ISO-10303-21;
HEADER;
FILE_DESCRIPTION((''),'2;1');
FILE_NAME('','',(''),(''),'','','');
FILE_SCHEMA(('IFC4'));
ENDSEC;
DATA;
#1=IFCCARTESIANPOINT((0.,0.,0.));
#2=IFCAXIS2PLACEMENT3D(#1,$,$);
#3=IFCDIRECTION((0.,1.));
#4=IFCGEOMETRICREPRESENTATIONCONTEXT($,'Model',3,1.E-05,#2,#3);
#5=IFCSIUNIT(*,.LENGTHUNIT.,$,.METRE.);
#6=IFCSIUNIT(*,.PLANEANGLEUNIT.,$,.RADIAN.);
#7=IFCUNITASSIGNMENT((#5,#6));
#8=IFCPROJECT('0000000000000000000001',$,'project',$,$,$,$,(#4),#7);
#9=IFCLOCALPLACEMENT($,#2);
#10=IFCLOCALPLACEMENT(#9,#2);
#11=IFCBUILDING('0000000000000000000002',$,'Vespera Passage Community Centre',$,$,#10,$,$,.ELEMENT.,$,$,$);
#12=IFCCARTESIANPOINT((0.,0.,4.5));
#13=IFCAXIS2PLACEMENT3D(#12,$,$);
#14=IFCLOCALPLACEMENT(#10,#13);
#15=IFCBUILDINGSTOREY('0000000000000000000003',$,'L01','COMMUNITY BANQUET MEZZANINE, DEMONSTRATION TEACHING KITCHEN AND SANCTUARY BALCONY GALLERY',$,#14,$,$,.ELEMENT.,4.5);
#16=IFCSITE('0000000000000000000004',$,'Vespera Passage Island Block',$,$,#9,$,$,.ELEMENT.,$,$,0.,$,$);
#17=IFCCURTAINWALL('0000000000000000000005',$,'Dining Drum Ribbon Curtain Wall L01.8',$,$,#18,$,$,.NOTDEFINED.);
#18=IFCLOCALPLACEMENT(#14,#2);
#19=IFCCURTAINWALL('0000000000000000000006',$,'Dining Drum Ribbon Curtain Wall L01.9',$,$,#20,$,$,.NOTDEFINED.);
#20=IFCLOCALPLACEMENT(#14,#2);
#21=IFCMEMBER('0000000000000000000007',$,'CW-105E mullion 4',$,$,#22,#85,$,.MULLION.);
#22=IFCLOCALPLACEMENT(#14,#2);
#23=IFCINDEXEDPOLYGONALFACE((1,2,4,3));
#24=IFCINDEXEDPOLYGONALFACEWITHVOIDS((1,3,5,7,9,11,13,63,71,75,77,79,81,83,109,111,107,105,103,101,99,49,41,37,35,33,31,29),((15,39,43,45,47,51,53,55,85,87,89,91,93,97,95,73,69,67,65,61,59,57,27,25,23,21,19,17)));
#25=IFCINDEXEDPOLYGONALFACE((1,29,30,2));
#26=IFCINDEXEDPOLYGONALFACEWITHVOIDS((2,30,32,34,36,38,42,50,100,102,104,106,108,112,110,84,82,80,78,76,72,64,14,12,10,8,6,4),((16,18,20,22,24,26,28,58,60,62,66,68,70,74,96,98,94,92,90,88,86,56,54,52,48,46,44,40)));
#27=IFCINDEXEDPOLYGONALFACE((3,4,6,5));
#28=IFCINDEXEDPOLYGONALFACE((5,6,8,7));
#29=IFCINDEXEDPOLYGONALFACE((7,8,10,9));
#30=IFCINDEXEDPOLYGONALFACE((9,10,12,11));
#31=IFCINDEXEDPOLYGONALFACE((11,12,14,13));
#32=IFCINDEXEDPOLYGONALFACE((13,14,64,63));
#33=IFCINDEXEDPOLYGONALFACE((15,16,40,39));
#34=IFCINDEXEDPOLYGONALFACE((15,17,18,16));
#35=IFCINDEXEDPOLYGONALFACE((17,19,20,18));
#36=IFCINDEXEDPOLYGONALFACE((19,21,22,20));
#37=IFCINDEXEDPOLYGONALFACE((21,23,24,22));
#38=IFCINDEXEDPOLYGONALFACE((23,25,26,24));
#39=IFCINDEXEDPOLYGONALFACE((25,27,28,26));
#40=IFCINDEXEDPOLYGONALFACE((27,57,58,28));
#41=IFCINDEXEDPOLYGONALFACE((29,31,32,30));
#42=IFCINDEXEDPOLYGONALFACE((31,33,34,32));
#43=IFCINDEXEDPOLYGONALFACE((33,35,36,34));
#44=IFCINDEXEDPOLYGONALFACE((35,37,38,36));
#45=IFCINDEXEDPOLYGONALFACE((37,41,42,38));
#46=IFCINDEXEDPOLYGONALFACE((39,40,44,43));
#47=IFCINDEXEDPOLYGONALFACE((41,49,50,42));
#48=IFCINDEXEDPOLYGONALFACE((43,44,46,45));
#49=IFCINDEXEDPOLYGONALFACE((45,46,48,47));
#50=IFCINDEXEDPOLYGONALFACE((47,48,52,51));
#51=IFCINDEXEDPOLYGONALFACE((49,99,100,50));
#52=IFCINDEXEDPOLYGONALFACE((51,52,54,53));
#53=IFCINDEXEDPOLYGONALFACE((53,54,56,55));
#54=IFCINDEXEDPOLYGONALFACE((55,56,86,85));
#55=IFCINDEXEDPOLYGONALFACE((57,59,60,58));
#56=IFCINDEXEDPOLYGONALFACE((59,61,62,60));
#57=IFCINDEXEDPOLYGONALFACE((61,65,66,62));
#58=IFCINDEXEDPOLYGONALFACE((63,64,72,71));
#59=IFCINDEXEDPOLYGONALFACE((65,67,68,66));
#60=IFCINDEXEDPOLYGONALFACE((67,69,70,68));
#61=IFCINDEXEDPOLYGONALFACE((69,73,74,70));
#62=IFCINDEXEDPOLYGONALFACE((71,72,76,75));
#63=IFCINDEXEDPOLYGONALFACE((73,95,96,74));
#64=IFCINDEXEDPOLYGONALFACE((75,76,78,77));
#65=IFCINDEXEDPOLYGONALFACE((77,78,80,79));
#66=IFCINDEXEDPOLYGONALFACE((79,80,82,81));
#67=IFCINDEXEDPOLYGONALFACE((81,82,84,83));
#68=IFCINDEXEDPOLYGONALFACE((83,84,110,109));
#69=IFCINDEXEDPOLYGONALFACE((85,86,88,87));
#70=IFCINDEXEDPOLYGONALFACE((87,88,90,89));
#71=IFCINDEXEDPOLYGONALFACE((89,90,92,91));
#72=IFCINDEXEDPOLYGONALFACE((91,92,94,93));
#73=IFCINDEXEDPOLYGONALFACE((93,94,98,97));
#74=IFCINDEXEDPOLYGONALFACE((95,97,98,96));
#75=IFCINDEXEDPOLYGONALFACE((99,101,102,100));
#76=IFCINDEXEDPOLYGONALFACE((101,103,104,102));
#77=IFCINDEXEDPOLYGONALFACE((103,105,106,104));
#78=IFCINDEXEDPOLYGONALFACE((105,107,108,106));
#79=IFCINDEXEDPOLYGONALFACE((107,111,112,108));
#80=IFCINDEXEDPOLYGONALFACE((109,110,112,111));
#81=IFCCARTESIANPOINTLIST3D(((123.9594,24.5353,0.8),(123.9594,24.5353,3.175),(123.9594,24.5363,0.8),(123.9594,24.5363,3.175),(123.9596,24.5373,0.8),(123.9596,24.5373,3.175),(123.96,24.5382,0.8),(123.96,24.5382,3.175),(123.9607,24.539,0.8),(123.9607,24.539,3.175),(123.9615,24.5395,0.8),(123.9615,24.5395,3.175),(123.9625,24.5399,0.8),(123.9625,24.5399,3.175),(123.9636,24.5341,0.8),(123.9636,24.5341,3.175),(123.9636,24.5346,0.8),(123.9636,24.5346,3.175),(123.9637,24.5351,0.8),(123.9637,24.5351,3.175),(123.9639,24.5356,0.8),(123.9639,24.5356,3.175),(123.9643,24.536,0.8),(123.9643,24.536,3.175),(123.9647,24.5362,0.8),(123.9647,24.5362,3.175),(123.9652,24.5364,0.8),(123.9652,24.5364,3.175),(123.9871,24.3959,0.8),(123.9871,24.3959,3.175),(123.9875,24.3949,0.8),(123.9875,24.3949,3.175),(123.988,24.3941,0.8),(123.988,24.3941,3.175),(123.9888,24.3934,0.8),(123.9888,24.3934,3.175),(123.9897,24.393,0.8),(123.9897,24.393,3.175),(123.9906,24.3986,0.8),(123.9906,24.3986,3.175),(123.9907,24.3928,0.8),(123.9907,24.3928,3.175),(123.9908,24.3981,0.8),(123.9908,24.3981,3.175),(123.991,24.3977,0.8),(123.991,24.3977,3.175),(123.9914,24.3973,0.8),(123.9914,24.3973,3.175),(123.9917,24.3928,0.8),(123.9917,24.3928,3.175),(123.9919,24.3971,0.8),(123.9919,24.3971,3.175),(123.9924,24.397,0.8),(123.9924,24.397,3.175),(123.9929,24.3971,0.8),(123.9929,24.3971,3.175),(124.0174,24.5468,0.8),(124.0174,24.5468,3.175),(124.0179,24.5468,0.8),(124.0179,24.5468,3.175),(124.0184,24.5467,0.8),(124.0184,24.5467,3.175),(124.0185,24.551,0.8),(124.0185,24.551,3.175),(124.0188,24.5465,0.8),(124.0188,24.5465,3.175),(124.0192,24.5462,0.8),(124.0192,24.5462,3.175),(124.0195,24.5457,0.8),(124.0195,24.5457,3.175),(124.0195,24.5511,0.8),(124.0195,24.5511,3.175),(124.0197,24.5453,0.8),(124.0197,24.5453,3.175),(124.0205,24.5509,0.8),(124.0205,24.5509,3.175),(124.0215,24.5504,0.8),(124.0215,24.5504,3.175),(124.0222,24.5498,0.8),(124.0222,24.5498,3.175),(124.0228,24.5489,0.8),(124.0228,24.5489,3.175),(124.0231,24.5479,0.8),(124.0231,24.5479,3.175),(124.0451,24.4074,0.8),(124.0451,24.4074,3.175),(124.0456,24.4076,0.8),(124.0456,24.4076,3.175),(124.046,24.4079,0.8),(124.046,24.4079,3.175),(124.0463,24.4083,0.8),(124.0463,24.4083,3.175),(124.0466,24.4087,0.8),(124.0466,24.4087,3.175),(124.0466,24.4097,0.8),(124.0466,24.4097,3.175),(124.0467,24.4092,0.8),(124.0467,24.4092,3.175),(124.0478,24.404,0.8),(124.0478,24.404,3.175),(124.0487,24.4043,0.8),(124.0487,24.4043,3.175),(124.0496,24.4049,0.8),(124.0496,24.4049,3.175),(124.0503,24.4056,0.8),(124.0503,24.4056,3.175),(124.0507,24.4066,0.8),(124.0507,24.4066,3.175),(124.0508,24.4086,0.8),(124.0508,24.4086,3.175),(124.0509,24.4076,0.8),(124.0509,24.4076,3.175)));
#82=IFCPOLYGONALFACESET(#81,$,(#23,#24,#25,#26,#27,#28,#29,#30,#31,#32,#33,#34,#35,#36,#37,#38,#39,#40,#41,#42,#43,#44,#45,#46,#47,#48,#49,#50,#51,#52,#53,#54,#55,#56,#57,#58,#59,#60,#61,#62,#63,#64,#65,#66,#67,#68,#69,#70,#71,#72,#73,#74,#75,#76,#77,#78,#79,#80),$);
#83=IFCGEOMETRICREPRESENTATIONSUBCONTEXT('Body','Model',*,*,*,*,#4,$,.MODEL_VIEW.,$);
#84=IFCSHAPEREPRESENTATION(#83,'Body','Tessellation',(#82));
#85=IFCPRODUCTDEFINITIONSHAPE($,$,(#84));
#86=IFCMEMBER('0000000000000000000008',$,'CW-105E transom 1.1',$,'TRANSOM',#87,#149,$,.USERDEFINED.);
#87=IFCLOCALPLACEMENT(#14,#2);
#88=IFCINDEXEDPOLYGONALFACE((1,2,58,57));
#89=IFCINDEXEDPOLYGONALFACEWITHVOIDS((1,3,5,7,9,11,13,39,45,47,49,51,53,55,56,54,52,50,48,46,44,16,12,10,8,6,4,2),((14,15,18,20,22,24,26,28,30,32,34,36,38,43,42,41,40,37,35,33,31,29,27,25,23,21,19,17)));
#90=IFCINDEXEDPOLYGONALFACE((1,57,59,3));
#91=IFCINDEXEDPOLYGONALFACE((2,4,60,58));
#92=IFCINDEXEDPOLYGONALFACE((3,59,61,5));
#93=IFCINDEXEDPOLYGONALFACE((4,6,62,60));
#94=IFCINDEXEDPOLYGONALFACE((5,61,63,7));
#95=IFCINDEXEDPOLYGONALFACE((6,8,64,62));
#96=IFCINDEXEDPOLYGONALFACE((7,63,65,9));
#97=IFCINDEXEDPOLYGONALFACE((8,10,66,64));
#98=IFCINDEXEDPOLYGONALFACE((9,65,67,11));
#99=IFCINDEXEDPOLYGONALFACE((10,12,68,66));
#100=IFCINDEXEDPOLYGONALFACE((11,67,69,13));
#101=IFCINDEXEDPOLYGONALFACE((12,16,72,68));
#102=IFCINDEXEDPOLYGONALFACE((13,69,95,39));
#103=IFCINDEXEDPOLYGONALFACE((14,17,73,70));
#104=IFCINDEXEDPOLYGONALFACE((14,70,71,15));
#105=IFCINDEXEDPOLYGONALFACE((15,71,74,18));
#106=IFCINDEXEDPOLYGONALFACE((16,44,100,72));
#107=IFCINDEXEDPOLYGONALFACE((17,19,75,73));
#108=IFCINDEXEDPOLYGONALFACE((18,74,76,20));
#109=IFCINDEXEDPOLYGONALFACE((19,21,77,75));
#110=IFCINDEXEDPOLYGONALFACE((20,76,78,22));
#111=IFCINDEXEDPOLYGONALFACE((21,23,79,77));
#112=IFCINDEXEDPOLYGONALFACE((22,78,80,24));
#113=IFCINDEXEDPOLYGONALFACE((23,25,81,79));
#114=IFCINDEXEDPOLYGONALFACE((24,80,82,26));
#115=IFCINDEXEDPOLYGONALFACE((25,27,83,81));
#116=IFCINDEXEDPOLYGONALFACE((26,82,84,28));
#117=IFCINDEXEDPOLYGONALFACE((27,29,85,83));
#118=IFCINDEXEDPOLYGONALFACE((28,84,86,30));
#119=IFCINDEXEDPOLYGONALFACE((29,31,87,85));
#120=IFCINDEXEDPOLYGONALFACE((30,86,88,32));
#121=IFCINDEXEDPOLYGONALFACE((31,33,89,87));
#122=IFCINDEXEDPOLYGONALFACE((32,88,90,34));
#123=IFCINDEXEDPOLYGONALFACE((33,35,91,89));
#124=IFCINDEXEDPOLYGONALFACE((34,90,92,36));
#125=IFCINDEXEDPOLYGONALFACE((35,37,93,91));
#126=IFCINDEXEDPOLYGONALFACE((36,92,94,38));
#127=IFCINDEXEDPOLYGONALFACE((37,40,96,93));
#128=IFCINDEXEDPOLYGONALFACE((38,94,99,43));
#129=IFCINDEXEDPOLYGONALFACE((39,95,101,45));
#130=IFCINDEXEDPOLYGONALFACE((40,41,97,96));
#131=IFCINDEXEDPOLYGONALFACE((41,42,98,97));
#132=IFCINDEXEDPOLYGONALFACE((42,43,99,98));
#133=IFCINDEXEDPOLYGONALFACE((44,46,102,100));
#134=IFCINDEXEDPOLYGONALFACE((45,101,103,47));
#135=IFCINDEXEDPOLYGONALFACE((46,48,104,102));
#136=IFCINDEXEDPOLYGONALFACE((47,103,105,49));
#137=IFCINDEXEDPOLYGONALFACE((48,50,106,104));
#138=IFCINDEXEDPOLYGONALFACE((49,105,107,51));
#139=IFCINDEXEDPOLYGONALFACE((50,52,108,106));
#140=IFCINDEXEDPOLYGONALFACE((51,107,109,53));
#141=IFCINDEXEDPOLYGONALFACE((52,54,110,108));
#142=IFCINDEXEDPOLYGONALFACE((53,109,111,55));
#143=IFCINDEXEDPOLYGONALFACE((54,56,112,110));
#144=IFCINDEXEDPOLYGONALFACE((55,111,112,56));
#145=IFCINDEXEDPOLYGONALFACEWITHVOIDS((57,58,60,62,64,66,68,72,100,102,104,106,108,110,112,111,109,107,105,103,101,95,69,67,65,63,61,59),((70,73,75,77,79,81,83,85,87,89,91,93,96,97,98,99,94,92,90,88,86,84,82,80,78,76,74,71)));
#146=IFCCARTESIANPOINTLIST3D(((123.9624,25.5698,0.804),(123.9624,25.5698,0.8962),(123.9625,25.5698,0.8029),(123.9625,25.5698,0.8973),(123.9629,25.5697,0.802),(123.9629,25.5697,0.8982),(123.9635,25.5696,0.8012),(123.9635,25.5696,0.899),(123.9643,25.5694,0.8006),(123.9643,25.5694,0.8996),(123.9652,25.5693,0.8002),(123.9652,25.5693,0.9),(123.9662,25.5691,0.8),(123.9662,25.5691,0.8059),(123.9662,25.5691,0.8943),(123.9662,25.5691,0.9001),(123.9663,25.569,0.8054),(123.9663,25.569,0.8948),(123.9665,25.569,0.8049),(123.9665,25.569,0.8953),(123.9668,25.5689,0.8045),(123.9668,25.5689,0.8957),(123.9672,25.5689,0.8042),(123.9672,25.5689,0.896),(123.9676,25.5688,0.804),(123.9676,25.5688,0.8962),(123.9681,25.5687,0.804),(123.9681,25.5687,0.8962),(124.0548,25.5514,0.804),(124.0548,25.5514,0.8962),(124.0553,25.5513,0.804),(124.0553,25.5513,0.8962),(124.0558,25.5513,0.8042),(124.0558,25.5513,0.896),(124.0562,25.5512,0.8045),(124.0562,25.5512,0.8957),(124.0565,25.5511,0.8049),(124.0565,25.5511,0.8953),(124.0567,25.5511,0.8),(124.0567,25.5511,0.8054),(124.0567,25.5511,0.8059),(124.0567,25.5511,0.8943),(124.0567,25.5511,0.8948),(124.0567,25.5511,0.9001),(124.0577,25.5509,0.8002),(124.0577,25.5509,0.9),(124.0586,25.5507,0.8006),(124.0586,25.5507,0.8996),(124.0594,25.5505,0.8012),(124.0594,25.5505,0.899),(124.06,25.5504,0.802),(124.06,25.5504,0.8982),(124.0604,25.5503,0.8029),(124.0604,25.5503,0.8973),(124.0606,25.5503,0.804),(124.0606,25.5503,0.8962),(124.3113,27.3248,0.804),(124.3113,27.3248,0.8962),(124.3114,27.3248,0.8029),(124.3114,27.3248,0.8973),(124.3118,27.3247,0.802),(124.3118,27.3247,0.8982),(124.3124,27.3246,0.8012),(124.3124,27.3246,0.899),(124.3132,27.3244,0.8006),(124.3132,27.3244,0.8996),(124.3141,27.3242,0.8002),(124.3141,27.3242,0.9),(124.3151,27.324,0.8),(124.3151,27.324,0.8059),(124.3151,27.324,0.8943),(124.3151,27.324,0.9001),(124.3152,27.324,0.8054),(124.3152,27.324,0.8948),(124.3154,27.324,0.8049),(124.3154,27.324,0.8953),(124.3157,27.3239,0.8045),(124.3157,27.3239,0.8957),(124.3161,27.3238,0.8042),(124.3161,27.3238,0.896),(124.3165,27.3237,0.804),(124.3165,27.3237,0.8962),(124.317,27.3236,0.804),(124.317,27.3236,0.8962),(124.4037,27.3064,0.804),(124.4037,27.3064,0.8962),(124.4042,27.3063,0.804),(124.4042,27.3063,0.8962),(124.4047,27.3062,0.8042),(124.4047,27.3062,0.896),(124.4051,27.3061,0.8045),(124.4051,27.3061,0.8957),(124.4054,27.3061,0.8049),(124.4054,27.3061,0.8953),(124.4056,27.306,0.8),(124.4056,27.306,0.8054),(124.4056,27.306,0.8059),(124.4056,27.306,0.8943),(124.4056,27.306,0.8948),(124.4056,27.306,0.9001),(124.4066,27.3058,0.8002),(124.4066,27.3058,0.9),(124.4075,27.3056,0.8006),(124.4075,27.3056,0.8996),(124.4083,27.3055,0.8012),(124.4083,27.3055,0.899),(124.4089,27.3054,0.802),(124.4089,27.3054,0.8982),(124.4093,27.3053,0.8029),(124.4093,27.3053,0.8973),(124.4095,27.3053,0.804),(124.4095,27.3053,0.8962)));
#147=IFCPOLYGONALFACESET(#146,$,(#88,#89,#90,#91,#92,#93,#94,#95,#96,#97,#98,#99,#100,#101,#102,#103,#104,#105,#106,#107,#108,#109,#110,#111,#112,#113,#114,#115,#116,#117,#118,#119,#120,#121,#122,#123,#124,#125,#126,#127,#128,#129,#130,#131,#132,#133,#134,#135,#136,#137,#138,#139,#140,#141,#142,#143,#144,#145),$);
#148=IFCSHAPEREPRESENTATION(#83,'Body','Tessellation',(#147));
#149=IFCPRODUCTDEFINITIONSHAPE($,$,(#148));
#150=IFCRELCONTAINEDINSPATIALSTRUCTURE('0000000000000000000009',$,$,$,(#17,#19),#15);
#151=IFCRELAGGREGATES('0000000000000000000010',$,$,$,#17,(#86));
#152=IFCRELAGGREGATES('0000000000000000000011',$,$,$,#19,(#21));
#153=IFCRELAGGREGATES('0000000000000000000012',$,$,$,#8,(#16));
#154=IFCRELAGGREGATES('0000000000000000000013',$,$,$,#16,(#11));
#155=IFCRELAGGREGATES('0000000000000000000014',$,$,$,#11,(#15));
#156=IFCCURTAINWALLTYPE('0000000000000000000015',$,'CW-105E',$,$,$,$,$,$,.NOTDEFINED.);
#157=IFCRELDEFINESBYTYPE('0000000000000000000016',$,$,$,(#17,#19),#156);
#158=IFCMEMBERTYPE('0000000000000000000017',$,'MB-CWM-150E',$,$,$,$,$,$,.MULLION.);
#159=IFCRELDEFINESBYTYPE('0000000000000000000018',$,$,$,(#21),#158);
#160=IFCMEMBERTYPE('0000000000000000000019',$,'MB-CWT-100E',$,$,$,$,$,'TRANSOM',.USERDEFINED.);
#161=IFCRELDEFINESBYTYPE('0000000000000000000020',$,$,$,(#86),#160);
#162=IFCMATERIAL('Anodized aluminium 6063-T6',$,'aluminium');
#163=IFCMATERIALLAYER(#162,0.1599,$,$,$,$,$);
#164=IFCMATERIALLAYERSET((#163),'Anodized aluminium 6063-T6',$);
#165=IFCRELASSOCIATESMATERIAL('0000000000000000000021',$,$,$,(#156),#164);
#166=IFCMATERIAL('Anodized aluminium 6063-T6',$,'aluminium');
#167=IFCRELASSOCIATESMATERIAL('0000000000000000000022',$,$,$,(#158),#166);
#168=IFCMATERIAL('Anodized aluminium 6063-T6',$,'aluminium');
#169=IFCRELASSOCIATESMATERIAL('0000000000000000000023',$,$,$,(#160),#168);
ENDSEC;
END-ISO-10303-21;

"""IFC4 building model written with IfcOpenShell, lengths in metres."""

from ifc_helpers import new_model, si_unit, direction, frame, origin, origin_2d, place, context, subcontext, project, spatial, hollow_rectangle, extrude, material, layer, layer_set, material_profile, profile_set, type_object, element, aggregate, save


model = new_model("IFC4")

# Units and contexts
model_context = context("Model", 3, precision=1e-05, world=origin(), true_north=direction((0.0, 1.0)))
body_context = subcontext(model_context, "Body", "Model", "MODEL_VIEW")
ifc_project = project(units=[si_unit("LENGTHUNIT", "METRE"), si_unit("PLANEANGLEUNIT", "RADIAN")], contexts=[model_context])

# Site, building, storey
site_placement = place(None, origin())
site = spatial("IfcSite", under=ifc_project, at=site_placement, Name="Vespera Passage Island Block", CompositionType="ELEMENT", RefElevation=0.0)
building_placement = place(site_placement, origin())
building = spatial("IfcBuilding", under=site, at=building_placement, Name="Vespera Passage Community Centre", CompositionType="ELEMENT")
storey_placement = place(building_placement, frame((0.0, 0.0, 4.5)))
storey = spatial("IfcBuildingStorey", under=building, at=storey_placement, Name="L01", Description="COMMUNITY BANQUET MEZZANINE, DEMONSTRATION TEACHING KITCHEN AND SANCTUARY BALCONY GALLERY", CompositionType="ELEMENT", Elevation=4.5)

# Curtain walls, member
ifc_material_1 = material(Name="Anodized aluminium 6063-T6", Category="aluminium")
ifc_layer_1 = layer(ifc_material_1, 0.1599)
ifc_layer_set_1 = layer_set([ifc_layer_1], Name="Anodized aluminium 6063-T6")
curtain_wall_type = type_object("IfcCurtainWallType", Name="CW-105E", PredefinedType="NOTDEFINED", material=ifc_layer_set_1)
curtain_wall_1_placement = place(storey_placement, origin())
curtain_wall_1 = element("IfcCurtainWall", 1, at=curtain_wall_1_placement, inside=storey, type_object=curtain_wall_type, Name="Dining Drum Ribbon Curtain Wall L01.8", PredefinedType="NOTDEFINED")
ifc_material_2 = material(Name="Anodized aluminium 6063-T6", Category="aluminium")
ifc_material_profile_1 = material_profile(ifc_material_2, hollow_rectangle(XDim=0.0649, YDim=0.1499, WallThickness=0.0039, InnerFilletRadius=0.002, OuterFilletRadius=0.0039, at=origin_2d()), Name="ALU150X65X4")
ifc_profile_set_1 = profile_set([ifc_material_profile_1], Name="Anodized aluminium 6063-T6")
member_type_1 = type_object("IfcMemberType", Name="MB-CWM-150E", PredefinedType="MULLION", material=ifc_profile_set_1)
curtain_wall_2_placement = place(storey_placement, origin())
curtain_wall_2 = element("IfcCurtainWall", 2, at=curtain_wall_2_placement, inside=storey, type_object=curtain_wall_type, Name="Dining Drum Ribbon Curtain Wall L01.9", PredefinedType="NOTDEFINED")
member_1_placement = place(storey_placement, frame((124.0051, 24.4719, 0.8), z_axis=(0.0, 0.0, 1.0), x_axis=(-0.980784, -0.195097, 0.0)))
member_1 = element("IfcMember", 3, at=member_1_placement, type_object=member_type_1, Name="CW-105E mullion 4", PredefinedType="MULLION", context=body_context, shape_type="SweptSolid", body=[
    extrude(hollow_rectangle(XDim=0.0649, YDim=0.1499, WallThickness=0.0039, InnerFilletRadius=0.002, OuterFilletRadius=0.0039, at=origin_2d()), origin(), (0.0, 0.0, 1.0), 2.375),
])

# Member
ifc_material_3 = material(Name="Anodized aluminium 6063-T6", Category="aluminium")
ifc_material_profile_2 = material_profile(ifc_material_3, hollow_rectangle(XDim=0.1001, YDim=0.1001, WallThickness=0.0039, InnerFilletRadius=0.002, OuterFilletRadius=0.0039, at=origin_2d()), Name="ALU100X100X4")
ifc_profile_set_2 = profile_set([ifc_material_profile_2], Name="Anodized aluminium 6063-T6")
member_type_2 = type_object("IfcMemberType", Name="MB-CWT-100E", ElementType="TRANSOM", PredefinedType="USERDEFINED", material=ifc_profile_set_2)
member_2_placement = place(storey_placement, frame((124.0115, 25.5601, 0.8501), z_axis=(0.194988, 0.980806, 0.0), x_axis=(-0.980806, 0.194988, 0.0)))
member_2 = element("IfcMember", 4, at=member_2_placement, type_object=member_type_2, Name="CW-105E transom 1.1", ObjectType="TRANSOM", PredefinedType="USERDEFINED", context=body_context, shape_type="SweptSolid", body=[
    extrude(hollow_rectangle(XDim=0.1001, YDim=0.1001, WallThickness=0.0039, InnerFilletRadius=0.002, OuterFilletRadius=0.0039, at=origin_2d()), origin(), (0.0, 0.0, 1.0), 1.7893),
])

aggregate(curtain_wall_1, [member_2])
aggregate(curtain_wall_2, [member_1])

save(model, "model.ifc")
